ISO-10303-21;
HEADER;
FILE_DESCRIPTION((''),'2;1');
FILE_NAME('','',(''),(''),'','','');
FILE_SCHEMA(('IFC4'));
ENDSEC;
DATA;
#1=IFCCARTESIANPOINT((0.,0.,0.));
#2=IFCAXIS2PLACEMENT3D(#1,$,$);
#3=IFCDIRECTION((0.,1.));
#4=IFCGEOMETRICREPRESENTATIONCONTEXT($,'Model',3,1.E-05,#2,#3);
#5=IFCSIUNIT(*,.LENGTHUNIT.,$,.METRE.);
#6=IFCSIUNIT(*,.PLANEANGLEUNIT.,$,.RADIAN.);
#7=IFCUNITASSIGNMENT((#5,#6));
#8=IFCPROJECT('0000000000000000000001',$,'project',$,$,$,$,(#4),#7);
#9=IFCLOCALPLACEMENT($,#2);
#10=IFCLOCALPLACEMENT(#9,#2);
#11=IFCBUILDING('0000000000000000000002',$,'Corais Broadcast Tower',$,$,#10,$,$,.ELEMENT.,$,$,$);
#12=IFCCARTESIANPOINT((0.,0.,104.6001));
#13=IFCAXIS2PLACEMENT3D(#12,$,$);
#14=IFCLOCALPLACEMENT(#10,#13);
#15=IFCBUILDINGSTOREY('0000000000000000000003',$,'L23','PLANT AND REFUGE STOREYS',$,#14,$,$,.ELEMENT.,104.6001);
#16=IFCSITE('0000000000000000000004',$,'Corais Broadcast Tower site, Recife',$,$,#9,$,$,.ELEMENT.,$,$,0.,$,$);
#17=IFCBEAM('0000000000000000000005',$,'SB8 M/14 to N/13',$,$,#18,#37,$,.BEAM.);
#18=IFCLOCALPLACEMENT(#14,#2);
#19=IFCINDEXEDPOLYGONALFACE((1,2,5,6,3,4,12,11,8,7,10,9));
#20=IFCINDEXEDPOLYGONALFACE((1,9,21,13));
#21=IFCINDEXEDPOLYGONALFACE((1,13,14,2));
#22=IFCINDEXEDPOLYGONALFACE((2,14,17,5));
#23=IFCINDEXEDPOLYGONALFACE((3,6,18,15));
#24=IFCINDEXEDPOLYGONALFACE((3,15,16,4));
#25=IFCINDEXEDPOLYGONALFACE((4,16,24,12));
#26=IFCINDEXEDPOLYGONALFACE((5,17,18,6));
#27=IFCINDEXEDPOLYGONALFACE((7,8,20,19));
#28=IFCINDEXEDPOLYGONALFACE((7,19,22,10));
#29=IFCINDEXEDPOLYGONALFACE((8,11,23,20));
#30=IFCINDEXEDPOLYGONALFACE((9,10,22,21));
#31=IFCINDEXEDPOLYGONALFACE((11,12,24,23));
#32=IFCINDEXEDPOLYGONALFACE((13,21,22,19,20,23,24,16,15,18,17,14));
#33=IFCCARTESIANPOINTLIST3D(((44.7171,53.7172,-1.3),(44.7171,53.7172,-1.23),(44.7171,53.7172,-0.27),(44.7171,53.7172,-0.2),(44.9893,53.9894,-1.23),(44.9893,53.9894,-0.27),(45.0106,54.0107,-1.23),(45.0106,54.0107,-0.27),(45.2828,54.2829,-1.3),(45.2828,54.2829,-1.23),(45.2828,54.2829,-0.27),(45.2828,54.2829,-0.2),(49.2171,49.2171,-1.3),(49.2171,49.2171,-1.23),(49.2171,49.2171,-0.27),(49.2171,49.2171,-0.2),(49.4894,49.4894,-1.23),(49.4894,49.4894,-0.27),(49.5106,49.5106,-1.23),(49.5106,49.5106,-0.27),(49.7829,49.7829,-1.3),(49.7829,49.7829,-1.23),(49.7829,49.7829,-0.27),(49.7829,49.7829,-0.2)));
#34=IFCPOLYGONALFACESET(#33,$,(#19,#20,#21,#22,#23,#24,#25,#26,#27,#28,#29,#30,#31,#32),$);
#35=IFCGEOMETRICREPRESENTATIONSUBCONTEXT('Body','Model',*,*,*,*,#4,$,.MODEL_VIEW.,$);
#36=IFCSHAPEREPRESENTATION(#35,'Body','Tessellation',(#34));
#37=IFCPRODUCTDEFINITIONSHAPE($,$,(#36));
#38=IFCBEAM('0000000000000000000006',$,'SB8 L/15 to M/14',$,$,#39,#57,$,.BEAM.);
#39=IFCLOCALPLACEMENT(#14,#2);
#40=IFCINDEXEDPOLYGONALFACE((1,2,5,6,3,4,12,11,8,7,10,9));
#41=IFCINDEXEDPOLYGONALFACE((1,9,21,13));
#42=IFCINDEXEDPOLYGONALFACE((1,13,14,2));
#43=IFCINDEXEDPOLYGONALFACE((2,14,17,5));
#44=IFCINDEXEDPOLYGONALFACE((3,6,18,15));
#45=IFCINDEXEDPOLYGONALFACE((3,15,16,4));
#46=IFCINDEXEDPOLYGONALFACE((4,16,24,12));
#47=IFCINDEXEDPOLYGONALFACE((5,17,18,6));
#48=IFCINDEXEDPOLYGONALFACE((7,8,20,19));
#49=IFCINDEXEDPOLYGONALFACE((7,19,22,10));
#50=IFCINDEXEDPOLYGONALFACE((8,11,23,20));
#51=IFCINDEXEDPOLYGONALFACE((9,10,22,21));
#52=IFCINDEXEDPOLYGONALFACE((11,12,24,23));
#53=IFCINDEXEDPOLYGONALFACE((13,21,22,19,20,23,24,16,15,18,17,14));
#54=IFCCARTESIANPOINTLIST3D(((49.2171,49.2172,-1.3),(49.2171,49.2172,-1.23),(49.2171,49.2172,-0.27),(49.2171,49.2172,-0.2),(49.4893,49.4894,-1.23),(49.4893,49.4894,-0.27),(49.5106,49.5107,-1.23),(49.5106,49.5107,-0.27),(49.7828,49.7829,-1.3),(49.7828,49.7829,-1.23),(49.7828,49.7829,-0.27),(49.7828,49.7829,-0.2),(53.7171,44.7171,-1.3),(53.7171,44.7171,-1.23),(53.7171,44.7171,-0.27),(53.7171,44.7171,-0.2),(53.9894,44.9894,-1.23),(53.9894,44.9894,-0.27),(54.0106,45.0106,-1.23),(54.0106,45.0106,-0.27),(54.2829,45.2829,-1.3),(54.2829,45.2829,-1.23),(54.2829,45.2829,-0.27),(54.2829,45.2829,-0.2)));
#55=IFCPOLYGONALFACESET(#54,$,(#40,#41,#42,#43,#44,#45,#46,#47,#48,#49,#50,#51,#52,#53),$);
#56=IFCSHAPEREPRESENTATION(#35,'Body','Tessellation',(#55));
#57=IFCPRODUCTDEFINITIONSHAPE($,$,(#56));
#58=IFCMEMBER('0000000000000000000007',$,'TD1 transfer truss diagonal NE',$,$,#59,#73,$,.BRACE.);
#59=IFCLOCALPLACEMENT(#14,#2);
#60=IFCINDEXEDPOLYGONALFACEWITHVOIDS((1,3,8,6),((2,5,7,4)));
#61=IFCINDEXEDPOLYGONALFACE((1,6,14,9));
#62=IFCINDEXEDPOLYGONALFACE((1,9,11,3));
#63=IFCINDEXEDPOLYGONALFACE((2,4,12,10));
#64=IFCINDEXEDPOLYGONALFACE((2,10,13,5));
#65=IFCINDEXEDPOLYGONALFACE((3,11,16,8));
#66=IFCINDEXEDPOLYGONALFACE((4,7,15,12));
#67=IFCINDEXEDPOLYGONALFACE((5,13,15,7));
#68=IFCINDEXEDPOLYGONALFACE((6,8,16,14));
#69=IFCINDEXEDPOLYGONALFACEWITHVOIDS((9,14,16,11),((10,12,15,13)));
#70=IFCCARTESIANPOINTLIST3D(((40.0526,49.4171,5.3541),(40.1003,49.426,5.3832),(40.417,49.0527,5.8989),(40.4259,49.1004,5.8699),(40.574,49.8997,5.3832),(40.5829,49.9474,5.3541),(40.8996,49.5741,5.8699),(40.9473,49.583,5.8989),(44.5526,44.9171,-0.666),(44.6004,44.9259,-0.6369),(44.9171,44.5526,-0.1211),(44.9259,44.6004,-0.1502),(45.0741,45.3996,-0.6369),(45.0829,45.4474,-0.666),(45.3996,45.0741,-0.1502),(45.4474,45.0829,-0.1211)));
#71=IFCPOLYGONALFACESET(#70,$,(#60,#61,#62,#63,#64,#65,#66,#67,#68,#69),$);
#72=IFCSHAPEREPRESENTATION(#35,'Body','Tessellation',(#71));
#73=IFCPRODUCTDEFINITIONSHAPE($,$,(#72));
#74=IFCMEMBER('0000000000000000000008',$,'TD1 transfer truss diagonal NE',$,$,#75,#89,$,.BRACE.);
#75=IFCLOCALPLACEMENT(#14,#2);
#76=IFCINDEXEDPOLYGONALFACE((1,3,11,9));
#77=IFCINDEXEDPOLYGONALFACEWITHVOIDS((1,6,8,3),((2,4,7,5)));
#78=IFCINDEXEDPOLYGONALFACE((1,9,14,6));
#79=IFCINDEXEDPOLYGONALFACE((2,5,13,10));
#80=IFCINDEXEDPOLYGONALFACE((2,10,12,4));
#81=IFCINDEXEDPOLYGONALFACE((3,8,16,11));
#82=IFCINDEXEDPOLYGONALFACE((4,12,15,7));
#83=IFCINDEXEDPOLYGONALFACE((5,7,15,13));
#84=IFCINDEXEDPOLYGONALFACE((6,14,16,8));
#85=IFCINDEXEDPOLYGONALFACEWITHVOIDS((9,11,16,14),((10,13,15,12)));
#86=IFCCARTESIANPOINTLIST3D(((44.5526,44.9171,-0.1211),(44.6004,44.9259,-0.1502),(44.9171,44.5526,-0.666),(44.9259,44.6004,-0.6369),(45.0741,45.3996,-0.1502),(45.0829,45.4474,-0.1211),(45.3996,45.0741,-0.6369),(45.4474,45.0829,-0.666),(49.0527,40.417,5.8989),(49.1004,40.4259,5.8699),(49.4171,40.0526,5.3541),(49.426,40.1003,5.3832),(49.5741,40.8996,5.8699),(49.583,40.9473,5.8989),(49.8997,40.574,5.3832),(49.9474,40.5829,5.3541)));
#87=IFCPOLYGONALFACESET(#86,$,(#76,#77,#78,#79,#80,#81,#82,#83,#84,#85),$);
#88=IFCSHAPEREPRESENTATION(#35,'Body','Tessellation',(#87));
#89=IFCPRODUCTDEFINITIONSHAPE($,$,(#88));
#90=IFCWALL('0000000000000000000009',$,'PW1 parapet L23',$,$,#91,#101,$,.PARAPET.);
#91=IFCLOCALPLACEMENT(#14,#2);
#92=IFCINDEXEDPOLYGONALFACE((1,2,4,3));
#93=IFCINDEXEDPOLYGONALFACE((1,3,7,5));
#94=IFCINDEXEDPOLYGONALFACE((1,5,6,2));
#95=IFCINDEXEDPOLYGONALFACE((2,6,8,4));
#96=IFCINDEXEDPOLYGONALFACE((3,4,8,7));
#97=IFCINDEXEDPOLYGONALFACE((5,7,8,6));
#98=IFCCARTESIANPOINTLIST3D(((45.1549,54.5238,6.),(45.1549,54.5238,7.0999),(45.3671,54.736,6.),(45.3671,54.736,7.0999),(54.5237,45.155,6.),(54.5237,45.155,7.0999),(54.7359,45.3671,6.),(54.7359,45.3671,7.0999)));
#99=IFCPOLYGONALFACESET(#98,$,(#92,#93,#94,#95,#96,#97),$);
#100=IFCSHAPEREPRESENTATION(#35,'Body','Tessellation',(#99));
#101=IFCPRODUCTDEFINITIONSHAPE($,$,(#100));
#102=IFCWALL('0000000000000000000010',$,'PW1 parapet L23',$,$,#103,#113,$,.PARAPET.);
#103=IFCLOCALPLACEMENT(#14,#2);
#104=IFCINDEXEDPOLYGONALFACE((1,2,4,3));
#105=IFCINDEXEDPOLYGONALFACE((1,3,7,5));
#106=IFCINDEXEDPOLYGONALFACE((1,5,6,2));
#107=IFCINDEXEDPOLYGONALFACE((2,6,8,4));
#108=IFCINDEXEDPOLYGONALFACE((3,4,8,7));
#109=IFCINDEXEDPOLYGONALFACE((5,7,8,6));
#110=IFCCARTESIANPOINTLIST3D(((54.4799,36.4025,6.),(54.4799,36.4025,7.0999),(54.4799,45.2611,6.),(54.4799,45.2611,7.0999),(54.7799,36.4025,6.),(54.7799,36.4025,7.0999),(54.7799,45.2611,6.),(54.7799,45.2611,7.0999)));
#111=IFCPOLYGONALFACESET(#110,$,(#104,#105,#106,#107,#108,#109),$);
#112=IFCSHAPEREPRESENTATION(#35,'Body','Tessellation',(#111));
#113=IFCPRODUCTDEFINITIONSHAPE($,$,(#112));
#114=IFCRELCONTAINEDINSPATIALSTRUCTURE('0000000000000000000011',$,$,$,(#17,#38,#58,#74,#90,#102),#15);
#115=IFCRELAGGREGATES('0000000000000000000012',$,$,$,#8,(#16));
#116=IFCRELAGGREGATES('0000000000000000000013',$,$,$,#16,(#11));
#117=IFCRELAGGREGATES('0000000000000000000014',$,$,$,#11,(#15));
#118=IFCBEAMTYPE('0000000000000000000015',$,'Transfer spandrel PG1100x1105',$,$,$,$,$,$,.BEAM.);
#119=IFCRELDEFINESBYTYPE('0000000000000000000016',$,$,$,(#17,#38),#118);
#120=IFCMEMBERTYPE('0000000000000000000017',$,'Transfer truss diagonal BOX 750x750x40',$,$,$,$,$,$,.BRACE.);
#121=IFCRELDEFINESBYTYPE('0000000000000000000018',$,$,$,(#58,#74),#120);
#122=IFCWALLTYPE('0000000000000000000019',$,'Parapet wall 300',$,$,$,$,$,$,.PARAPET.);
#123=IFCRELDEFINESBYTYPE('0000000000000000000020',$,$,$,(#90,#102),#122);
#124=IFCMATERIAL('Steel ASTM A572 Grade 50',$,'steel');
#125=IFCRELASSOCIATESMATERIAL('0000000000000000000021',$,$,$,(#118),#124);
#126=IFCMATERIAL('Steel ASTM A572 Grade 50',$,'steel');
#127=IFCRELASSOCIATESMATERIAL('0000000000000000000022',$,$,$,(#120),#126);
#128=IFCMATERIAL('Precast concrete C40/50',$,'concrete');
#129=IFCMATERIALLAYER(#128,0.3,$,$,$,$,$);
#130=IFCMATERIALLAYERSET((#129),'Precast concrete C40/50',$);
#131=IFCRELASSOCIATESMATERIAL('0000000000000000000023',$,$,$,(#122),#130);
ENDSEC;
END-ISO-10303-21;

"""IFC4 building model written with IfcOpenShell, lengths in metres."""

from ifc_helpers import new_model, si_unit, direction, frame, frame_2d, origin, origin_2d, place, context, subcontext, project, spatial, rectangle, hollow_rectangle, i_section, extrude, material, layer, layer_set, material_profile, profile_set, type_object, element, save


model = new_model("IFC4")

# Units and contexts
model_context = context("Model", 3, precision=1e-05, world=origin(), true_north=direction((0.0, 1.0)))
body_context = subcontext(model_context, "Body", "Model", "MODEL_VIEW")
ifc_project = project(units=[si_unit("LENGTHUNIT", "METRE"), si_unit("PLANEANGLEUNIT", "RADIAN")], contexts=[model_context])

# Site, building, storey
site_placement = place(None, origin())
site = spatial("IfcSite", under=ifc_project, at=site_placement, Name="Corais Broadcast Tower site, Recife", CompositionType="ELEMENT", RefElevation=0.0)
building_placement = place(site_placement, origin())
building = spatial("IfcBuilding", under=site, at=building_placement, Name="Corais Broadcast Tower", CompositionType="ELEMENT")
storey_placement = place(building_placement, frame((0.0, 0.0, 104.6001)))
storey = spatial("IfcBuildingStorey", under=building, at=storey_placement, Name="L23", Description="PLANT AND REFUGE STOREYS", CompositionType="ELEMENT", Elevation=104.6001)

# Beams
ifc_material_1 = material(Name="Steel ASTM A572 Grade 50", Category="steel")
ifc_material_profile_1 = material_profile(ifc_material_1, i_section(OverallWidth=0.8, OverallDepth=1.1001, WebThickness=0.03, FlangeThickness=0.0701, at=origin_2d()), Name="PG1100x1105")
ifc_profile_set_1 = profile_set([ifc_material_profile_1], Name="Steel ASTM A572 Grade 50")
beam_type_1 = type_object("IfcBeamType", Name="Transfer spandrel PG1100x1105", PredefinedType="BEAM", material=ifc_profile_set_1)
for number, where, z_axis, x_axis, name in (
    (1, (49.5, 49.5, -0.75), (-0.707107, 0.707107, 0.0), (-0.707107, -0.707107, 0.0), "SB8 M/14 to N/13"),
    (2, (54.0, 45.0, -0.75), (-0.707107, 0.707107, 0.0), (-0.707107, -0.707107, 0.0), "SB8 L/15 to M/14"),
):
    element("IfcBeam", number, at=place(storey_placement, frame(where, z_axis=z_axis, x_axis=x_axis)), inside=storey, type_object=beam_type_1, Name=name, PredefinedType="BEAM", context=body_context, shape_type="SweptSolid", body=[
        extrude(i_section(OverallWidth=0.8, OverallDepth=1.1001, WebThickness=0.03, FlangeThickness=0.0701, at=origin_2d()), origin(), (0.0, 0.0, 1.0), 6.364),
    ])

# Members
ifc_material_2 = material(Name="Steel ASTM A572 Grade 50", Category="steel")
ifc_material_profile_2 = material_profile(ifc_material_2, hollow_rectangle(XDim=0.75, YDim=0.75, WallThickness=0.04, at=origin_2d()), Name="BOX 750x750x40")
ifc_profile_set_2 = profile_set([ifc_material_profile_2], Name="Steel ASTM A572 Grade 50")
member_type = type_object("IfcMemberType", Name="Transfer truss diagonal BOX 750x750x40", PredefinedType="BRACE", material=ifc_profile_set_2)
for number, where, z_axis, x_axis, name in (
    (3, (45.0, 45.0, -0.3936), (-0.513688, 0.513688, 0.687203), (-0.707107, -0.707107, 0.0), "TD1 transfer truss diagonal NE"),
    (4, (45.0, 45.0, -0.3936), (0.513688, -0.513688, 0.687203), (0.707107, 0.707107, 0.0), "TD1 transfer truss diagonal NE"),
):
    element("IfcMember", number, at=place(storey_placement, frame(where, z_axis=z_axis, x_axis=x_axis)), inside=storey, type_object=member_type, Name=name, PredefinedType="BRACE", context=body_context, shape_type="SweptSolid", body=[
        extrude(hollow_rectangle(XDim=0.75, YDim=0.75, WallThickness=0.04, at=origin_2d()), origin(), (0.0, 0.0, 1.0), 8.7603),
    ])

# Walls
ifc_material_3 = material(Name="Precast concrete C40/50", Category="concrete")
ifc_layer_1 = layer(ifc_material_3, 0.3)
ifc_layer_set_1 = layer_set([ifc_layer_1], Name="Precast concrete C40/50")
wall_type_1 = type_object("IfcWallType", Name="Parapet wall 300", PredefinedType="PARAPET", material=ifc_layer_set_1)
wall_1_placement = place(storey_placement, frame((45.261, 54.6299, 6.0), z_axis=(0.0, 0.0, 1.0), x_axis=(0.707107, -0.707107, 0.0)))
element("IfcWall", 5, at=wall_1_placement, inside=storey, type_object=wall_type_1, Name="PW1 parapet L23", PredefinedType="PARAPET", context=body_context, shape_type="SweptSolid", body=[
    extrude(rectangle(XDim=13.2495, YDim=0.3, at=frame_2d((6.6248, 0.0))), origin(), (0.0, 0.0, 1.0), 1.0999),
])
wall_2_placement = place(storey_placement, frame((54.6299, 45.261, 6.0), z_axis=(0.0, 0.0, 1.0), x_axis=(0.0, -1.0, 0.0)))
element("IfcWall", 6, at=wall_2_placement, inside=storey, type_object=wall_type_1, Name="PW1 parapet L23", PredefinedType="PARAPET", context=body_context, shape_type="SweptSolid", body=[
    extrude(rectangle(XDim=8.8586, YDim=0.3, at=frame_2d((4.4292, 0.0))), origin(), (0.0, 0.0, 1.0), 1.0999),
])

save(model, "model.ifc")
